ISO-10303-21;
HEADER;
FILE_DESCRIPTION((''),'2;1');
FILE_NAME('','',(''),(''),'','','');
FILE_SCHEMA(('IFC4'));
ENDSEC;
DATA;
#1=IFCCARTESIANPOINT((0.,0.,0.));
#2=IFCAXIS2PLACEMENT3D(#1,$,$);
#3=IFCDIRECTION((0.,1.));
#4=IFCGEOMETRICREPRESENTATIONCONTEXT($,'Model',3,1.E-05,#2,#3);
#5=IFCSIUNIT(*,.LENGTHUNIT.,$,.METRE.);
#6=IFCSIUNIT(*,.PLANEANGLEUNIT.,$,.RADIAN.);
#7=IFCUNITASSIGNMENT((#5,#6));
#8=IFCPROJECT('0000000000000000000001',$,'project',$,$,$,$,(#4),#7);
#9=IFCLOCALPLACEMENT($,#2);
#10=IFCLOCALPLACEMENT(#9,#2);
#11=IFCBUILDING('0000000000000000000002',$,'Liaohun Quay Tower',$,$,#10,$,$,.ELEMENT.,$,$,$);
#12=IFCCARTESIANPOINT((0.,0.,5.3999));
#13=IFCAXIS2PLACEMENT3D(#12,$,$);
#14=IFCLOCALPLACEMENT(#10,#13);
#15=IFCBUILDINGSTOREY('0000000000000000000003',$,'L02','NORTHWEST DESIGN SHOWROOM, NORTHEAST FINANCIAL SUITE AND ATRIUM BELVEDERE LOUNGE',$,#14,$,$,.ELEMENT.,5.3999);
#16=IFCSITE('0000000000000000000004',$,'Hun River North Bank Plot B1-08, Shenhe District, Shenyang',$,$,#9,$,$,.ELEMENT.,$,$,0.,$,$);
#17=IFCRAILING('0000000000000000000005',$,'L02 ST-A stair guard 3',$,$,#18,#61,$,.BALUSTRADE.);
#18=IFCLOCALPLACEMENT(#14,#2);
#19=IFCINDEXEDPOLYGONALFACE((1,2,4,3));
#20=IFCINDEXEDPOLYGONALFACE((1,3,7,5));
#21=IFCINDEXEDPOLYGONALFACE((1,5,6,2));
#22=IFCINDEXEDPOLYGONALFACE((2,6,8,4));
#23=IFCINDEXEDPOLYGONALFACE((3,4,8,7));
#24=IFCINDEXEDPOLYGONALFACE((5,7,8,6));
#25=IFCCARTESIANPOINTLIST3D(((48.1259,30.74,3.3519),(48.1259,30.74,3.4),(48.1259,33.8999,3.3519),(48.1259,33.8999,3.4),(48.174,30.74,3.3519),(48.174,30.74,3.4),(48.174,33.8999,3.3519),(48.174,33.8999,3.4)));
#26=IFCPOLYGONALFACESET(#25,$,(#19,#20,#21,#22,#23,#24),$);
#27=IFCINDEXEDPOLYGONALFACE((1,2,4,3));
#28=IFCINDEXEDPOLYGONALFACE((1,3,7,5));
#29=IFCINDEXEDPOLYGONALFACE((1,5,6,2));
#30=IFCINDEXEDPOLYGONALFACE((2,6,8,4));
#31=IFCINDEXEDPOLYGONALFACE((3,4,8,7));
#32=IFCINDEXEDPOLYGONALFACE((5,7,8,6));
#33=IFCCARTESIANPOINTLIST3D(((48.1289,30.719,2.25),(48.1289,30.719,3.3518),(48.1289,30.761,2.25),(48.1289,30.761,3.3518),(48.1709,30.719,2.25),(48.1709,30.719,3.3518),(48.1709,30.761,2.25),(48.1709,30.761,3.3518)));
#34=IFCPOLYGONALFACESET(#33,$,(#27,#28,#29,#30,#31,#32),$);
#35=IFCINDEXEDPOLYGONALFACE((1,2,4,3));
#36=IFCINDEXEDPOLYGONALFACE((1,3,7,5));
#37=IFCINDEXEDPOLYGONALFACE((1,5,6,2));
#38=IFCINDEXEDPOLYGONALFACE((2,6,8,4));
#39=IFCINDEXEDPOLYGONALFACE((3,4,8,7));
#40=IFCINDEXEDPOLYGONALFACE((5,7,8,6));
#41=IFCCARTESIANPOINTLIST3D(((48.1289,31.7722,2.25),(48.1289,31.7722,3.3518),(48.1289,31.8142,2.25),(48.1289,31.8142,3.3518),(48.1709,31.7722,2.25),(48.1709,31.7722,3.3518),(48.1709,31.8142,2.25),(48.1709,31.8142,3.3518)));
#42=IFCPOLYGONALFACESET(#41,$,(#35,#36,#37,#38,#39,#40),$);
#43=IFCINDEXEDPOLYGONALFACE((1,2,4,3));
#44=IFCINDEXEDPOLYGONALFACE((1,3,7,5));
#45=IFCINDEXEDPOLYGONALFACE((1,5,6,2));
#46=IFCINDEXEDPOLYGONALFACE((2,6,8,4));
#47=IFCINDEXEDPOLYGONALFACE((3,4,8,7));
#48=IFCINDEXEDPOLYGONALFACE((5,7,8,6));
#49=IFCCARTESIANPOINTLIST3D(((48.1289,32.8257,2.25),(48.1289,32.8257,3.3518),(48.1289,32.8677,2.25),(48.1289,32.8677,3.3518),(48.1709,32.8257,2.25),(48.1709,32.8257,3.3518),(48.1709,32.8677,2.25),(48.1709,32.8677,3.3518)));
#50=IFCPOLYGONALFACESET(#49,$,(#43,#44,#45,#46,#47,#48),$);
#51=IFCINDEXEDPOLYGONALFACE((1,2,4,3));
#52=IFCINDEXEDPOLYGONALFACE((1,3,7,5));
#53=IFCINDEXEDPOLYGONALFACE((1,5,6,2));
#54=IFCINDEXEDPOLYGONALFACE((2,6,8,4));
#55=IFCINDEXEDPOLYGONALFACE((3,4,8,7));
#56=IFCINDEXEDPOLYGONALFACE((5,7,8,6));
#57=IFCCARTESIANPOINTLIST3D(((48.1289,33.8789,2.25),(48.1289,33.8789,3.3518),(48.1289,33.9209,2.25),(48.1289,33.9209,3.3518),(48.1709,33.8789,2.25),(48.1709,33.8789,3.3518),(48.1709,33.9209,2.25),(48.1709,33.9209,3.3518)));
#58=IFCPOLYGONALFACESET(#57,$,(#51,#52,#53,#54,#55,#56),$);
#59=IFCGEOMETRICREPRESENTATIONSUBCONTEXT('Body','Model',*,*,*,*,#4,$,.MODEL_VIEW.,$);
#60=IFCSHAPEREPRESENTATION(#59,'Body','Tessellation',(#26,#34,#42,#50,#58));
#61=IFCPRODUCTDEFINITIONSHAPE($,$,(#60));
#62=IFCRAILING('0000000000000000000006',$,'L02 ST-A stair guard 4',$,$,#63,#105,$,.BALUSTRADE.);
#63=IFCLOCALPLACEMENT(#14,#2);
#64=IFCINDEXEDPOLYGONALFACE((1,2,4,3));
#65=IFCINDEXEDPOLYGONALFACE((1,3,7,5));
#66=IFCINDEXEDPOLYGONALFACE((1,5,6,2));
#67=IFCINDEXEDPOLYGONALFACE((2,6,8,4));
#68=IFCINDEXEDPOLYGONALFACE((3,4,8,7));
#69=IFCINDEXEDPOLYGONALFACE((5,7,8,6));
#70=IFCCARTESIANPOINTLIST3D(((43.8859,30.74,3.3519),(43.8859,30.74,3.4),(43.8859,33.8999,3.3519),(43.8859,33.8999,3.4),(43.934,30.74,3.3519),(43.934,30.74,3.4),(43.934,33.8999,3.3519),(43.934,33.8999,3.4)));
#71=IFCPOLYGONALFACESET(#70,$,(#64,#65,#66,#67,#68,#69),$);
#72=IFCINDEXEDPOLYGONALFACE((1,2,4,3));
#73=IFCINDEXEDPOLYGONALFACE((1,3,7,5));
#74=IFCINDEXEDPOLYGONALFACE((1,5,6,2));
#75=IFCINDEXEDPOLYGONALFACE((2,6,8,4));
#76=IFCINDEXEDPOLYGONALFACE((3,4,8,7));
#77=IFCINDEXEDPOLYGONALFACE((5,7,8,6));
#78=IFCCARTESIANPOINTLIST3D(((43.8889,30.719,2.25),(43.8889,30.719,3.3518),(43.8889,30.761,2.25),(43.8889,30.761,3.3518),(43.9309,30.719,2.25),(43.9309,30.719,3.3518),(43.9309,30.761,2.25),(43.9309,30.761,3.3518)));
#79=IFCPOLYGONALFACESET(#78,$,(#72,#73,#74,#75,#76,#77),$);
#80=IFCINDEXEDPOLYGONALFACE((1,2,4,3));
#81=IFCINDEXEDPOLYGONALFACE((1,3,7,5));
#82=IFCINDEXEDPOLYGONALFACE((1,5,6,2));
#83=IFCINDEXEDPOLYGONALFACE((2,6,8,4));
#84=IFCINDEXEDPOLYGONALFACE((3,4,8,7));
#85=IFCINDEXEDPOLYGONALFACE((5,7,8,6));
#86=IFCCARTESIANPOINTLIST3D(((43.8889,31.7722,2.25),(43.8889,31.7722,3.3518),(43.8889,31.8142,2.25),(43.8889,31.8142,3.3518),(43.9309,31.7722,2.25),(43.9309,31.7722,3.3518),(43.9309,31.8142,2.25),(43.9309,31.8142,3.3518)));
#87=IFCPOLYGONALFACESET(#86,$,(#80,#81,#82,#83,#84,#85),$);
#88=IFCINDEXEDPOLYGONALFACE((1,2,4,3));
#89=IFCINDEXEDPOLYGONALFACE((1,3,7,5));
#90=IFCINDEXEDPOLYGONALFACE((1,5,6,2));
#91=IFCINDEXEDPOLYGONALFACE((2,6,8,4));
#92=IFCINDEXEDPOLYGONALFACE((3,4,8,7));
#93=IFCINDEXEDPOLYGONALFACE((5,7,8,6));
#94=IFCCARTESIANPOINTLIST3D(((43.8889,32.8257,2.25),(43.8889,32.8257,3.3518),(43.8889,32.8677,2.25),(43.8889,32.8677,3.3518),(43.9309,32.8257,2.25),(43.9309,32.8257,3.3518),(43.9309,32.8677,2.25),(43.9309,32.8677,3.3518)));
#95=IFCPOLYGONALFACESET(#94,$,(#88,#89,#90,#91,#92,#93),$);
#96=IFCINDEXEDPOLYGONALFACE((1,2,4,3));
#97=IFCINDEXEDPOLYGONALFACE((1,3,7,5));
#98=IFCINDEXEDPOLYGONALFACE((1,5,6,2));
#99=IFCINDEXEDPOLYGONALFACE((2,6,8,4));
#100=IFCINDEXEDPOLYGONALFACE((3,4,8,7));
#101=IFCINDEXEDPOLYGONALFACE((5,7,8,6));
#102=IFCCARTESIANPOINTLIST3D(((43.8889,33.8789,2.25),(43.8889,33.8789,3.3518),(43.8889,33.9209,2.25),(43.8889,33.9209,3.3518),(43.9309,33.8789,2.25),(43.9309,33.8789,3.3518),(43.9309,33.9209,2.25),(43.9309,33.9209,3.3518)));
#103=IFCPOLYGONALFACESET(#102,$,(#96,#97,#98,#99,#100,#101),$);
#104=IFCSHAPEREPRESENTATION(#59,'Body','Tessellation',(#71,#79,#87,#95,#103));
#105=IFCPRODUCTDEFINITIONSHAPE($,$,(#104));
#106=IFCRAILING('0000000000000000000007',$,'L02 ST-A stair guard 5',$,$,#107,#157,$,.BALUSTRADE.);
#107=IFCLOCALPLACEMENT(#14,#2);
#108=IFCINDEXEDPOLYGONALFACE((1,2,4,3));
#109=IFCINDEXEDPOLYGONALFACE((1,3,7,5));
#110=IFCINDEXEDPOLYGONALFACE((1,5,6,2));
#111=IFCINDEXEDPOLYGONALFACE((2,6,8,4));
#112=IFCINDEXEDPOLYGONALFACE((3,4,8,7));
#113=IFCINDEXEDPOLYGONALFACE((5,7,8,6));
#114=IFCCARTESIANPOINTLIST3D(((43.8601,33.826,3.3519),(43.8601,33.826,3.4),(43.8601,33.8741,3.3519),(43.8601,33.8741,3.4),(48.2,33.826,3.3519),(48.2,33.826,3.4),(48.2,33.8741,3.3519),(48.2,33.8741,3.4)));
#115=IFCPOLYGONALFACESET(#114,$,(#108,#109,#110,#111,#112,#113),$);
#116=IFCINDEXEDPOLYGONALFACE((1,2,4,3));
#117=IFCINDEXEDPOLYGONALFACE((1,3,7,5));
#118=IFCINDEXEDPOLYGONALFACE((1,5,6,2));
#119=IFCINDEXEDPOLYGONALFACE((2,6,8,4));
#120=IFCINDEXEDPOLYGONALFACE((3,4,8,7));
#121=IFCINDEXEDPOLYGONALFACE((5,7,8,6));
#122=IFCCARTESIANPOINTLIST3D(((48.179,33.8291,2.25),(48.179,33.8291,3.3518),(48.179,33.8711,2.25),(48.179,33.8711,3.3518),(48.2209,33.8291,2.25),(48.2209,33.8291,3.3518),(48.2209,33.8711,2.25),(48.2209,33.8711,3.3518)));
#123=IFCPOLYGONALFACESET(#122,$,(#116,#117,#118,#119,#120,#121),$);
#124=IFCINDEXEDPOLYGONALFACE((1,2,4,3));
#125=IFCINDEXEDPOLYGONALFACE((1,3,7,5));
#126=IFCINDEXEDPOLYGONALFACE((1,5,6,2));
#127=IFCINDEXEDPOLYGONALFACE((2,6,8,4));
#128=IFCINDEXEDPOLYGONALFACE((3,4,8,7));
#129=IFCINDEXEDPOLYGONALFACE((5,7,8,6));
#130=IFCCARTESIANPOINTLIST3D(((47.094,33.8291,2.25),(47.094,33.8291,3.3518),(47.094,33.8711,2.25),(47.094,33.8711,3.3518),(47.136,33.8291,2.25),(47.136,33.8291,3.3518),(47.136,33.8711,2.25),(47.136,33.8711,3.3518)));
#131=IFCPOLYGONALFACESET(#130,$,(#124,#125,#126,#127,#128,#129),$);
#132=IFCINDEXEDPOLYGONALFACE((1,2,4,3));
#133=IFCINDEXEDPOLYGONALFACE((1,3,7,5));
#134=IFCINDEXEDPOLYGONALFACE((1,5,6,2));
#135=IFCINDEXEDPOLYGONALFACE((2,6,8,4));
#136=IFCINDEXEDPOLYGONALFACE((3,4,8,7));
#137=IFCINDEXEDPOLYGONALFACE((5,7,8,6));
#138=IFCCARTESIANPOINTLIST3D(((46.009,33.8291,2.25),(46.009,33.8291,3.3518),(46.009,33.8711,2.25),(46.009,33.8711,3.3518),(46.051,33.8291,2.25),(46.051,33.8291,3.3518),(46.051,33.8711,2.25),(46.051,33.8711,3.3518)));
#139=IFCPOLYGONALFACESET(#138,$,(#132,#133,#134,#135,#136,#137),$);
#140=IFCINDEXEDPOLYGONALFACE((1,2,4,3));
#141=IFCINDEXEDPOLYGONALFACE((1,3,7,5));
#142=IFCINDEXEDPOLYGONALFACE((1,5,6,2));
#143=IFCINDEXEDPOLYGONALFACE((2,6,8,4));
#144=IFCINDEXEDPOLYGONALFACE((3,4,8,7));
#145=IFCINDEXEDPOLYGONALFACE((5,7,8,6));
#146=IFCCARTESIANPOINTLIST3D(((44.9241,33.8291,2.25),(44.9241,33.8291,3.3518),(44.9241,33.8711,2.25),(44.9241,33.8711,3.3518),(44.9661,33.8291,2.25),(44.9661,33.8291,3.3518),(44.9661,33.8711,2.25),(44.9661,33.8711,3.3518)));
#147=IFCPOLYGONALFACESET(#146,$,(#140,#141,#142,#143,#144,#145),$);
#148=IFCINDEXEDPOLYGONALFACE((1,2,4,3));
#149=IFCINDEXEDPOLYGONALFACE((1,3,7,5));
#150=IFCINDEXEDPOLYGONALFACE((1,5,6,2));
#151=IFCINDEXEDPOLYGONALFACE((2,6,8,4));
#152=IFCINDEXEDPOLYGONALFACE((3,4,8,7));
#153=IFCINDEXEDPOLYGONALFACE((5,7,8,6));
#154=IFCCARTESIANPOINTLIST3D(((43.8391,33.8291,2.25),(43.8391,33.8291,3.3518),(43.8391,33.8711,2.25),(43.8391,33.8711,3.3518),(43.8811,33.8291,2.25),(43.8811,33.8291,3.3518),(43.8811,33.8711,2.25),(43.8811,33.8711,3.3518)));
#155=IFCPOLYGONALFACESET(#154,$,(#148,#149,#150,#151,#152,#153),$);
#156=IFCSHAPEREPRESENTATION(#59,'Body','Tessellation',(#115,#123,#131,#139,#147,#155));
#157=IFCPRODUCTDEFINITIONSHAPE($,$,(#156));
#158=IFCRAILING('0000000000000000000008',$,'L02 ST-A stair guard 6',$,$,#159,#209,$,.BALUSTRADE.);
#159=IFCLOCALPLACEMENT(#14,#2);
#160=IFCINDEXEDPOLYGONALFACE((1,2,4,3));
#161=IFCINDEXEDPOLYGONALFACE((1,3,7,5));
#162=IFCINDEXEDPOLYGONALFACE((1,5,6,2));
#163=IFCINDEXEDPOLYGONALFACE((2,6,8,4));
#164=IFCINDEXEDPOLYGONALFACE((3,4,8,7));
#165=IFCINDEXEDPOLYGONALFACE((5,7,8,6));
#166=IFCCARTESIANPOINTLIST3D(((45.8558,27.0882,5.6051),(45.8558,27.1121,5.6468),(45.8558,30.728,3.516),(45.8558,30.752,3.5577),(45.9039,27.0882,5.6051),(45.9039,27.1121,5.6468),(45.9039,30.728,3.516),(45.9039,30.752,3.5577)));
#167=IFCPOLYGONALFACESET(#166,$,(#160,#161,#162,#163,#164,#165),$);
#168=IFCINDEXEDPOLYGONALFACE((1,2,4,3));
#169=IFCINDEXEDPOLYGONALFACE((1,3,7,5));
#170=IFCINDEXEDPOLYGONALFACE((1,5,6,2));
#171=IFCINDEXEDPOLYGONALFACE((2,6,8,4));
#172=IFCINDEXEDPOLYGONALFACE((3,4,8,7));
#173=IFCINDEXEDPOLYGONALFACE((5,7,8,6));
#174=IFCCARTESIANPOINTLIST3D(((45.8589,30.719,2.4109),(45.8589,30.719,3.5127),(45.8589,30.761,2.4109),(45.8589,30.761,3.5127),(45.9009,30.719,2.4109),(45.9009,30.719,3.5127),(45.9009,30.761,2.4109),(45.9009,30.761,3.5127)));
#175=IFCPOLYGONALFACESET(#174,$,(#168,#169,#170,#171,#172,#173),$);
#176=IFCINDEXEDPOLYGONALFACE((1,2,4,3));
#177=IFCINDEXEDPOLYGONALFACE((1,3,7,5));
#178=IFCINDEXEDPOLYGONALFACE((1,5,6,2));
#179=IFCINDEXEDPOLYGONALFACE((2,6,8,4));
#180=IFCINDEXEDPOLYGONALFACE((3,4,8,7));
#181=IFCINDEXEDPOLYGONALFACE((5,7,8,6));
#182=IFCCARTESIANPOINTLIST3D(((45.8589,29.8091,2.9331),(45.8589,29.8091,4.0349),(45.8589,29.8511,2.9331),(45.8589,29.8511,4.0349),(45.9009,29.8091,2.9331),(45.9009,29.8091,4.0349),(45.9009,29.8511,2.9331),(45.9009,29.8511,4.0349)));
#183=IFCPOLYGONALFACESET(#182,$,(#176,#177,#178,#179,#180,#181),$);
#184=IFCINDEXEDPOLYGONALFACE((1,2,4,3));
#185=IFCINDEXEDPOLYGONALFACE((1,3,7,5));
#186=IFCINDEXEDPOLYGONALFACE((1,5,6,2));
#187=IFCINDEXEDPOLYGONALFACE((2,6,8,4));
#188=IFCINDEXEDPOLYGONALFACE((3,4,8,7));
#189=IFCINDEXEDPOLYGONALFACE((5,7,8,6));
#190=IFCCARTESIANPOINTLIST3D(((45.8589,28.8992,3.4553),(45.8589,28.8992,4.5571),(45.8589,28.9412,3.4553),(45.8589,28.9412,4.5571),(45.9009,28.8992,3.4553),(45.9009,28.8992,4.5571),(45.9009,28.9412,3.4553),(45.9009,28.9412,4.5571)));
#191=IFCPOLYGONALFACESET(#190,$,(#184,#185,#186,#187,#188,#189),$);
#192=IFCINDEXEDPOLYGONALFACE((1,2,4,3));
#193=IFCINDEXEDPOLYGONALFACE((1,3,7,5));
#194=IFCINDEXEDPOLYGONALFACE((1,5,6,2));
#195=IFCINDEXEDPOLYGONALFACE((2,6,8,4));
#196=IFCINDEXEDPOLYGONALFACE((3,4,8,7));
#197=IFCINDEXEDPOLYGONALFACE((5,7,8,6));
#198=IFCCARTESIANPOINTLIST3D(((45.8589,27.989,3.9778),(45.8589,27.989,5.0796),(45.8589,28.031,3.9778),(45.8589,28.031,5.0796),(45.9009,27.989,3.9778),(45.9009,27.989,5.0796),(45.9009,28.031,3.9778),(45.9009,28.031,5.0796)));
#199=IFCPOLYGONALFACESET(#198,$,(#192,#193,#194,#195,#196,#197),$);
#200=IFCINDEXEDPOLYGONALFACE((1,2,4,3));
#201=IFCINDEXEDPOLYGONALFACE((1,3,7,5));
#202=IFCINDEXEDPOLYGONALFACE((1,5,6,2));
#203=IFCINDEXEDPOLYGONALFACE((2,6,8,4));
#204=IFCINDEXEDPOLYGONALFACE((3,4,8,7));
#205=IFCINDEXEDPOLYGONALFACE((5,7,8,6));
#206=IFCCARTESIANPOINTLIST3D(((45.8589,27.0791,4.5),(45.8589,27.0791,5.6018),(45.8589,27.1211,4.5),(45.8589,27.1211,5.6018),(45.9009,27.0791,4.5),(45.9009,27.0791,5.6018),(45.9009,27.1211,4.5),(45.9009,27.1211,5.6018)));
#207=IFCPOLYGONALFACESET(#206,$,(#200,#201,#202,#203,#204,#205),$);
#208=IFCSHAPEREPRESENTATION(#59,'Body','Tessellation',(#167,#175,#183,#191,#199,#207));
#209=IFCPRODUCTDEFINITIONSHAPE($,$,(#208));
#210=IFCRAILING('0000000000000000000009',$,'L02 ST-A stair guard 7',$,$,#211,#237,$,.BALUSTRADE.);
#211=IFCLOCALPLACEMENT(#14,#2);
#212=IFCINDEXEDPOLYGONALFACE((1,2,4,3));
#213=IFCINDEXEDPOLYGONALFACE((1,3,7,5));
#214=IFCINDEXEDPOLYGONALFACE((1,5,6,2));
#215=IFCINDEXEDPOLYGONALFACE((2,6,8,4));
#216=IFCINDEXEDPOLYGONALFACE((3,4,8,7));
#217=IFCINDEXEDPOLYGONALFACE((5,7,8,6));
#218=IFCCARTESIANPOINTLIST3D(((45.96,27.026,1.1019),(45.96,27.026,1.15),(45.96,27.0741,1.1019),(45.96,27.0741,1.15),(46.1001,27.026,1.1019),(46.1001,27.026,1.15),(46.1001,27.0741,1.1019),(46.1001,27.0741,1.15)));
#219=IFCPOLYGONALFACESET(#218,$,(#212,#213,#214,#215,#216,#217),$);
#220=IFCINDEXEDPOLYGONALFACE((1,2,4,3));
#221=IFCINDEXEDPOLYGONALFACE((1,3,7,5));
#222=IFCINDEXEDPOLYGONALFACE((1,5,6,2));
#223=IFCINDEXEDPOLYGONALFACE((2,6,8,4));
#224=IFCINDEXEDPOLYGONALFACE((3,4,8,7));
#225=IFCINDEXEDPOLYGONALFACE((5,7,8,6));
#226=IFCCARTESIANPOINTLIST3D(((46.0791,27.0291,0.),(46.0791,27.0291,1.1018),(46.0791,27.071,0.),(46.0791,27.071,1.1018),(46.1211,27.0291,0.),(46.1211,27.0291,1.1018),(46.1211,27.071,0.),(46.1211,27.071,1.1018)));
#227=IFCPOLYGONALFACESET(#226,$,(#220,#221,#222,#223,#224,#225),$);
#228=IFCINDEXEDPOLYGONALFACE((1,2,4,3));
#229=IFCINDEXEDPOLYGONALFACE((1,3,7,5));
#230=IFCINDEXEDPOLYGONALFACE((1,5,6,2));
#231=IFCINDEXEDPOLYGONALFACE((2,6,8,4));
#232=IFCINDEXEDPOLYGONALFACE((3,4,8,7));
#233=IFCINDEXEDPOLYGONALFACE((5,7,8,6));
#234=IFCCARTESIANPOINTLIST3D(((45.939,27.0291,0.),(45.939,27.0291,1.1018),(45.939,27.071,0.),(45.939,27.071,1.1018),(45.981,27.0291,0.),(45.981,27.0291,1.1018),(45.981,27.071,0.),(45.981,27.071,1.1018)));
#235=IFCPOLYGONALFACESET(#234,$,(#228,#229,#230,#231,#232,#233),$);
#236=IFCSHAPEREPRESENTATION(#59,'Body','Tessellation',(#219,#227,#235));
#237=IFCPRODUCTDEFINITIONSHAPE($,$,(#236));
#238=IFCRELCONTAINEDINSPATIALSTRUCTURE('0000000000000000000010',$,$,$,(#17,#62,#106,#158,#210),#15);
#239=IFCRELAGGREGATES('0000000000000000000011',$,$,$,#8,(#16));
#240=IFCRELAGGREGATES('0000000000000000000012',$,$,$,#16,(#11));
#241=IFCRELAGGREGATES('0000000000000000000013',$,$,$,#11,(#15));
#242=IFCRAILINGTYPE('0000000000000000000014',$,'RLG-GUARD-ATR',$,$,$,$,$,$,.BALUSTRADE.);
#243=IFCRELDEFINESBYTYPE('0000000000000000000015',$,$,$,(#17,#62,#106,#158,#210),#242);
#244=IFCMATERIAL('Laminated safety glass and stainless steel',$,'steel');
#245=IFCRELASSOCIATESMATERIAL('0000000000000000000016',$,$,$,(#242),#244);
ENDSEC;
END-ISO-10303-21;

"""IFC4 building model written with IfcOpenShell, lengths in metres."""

from ifc_helpers import new_model, si_unit, direction, frame, origin, origin_2d, place, context, subcontext, project, spatial, rectangle, extrude, material, type_object, element, save


model = new_model("IFC4")

# Units and contexts
model_context = context("Model", 3, precision=1e-05, world=origin(), true_north=direction((0.0, 1.0)))
body_context = subcontext(model_context, "Body", "Model", "MODEL_VIEW")
ifc_project = project(units=[si_unit("LENGTHUNIT", "METRE"), si_unit("PLANEANGLEUNIT", "RADIAN")], contexts=[model_context])

# Site, building, storey
site_placement = place(None, origin())
site = spatial("IfcSite", under=ifc_project, at=site_placement, Name="Hun River North Bank Plot B1-08, Shenhe District, Shenyang", CompositionType="ELEMENT", RefElevation=0.0)
building_placement = place(site_placement, origin())
building = spatial("IfcBuilding", under=site, at=building_placement, Name="Liaohun Quay Tower", CompositionType="ELEMENT")
storey_placement = place(building_placement, frame((0.0, 0.0, 5.3999)))
storey = spatial("IfcBuildingStorey", under=building, at=storey_placement, Name="L02", Description="NORTHWEST DESIGN SHOWROOM, NORTHEAST FINANCIAL SUITE AND ATRIUM BELVEDERE LOUNGE", CompositionType="ELEMENT", Elevation=5.3999)

# Railings
ifc_material_1 = material(Name="Laminated safety glass and stainless steel", Category="steel")
railing_type_1 = type_object("IfcRailingType", Name="RLG-GUARD-ATR", PredefinedType="BALUSTRADE", material=ifc_material_1)
for number, where, name in (
    (1, (48.1499, 30.74, 2.25), "L02 ST-A stair guard 3"),
    (2, (43.9099, 30.74, 2.25), "L02 ST-A stair guard 4"),
):
    element("IfcRailing", number, at=place(storey_placement, frame(where)), inside=storey, type_object=railing_type_1, Name=name, PredefinedType="BALUSTRADE", context=body_context, shape_type="SweptSolid", body=[
        extrude(rectangle(XDim=0.0481, YDim=0.0481, at=origin_2d()), frame((0.0, 0.0, 1.126), z_axis=(0.0, 1.0, 0.0), x_axis=(-1.0, 0.0, 0.0)), (0.0, 0.0, 1.0), 3.1599),
        extrude(rectangle(XDim=0.042, YDim=0.042, at=origin_2d()), origin(), (0.0, 0.0, 1.0), 1.1018),
        extrude(rectangle(XDim=0.042, YDim=0.042, at=origin_2d()), frame((0.0, 1.0532, 0.0)), (0.0, 0.0, 1.0), 1.1018),
        extrude(rectangle(XDim=0.042, YDim=0.042, at=origin_2d()), frame((0.0, 2.1067, 0.0)), (0.0, 0.0, 1.0), 1.1018),
        extrude(rectangle(XDim=0.042, YDim=0.042, at=origin_2d()), frame((0.0, 3.1599, 0.0)), (0.0, 0.0, 1.0), 1.1018),
    ])
railing_1_placement = place(storey_placement, frame((48.2, 33.8501, 2.25)))
element("IfcRailing", 3, at=railing_1_placement, inside=storey, type_object=railing_type_1, Name="L02 ST-A stair guard 5", PredefinedType="BALUSTRADE", context=body_context, shape_type="SweptSolid", body=[
    extrude(rectangle(XDim=0.0481, YDim=0.0481, at=origin_2d()), frame((0.0, 0.0, 1.126), z_axis=(-1.0, 0.0, 0.0), x_axis=(0.0, -1.0, 0.0)), (0.0, 0.0, 1.0), 4.3398),
    extrude(rectangle(XDim=0.042, YDim=0.042, at=origin_2d()), origin(), (0.0, 0.0, 1.0), 1.1018),
    extrude(rectangle(XDim=0.042, YDim=0.042, at=origin_2d()), frame((-1.085, 0.0, 0.0)), (0.0, 0.0, 1.0), 1.1018),
    extrude(rectangle(XDim=0.042, YDim=0.042, at=origin_2d()), frame((-2.1699, 0.0, 0.0)), (0.0, 0.0, 1.0), 1.1018),
    extrude(rectangle(XDim=0.042, YDim=0.042, at=origin_2d()), frame((-3.2549, 0.0, 0.0)), (0.0, 0.0, 1.0), 1.1018),
    extrude(rectangle(XDim=0.042, YDim=0.042, at=origin_2d()), frame((-4.3398, 0.0, 0.0)), (0.0, 0.0, 1.0), 1.1018),
])
railing_2_placement = place(storey_placement, frame((45.8799, 30.74, 2.4109)))
element("IfcRailing", 4, at=railing_2_placement, inside=storey, type_object=railing_type_1, Name="L02 ST-A stair guard 6", PredefinedType="BALUSTRADE", context=body_context, shape_type="SweptSolid", body=[
    extrude(rectangle(XDim=0.0481, YDim=0.0481, at=origin_2d()), frame((0.0, 0.0, 1.126), z_axis=(0.0, -0.8673, 0.497786), x_axis=(1.0, 0.0, 0.0)), (0.0, 0.0, 1.0), 4.1968),
    extrude(rectangle(XDim=0.042, YDim=0.042, at=origin_2d()), origin(), (0.0, 0.0, 1.0), 1.1018),
    extrude(rectangle(XDim=0.042, YDim=0.042, at=origin_2d()), frame((0.0, -0.9099, 0.5222)), (0.0, 0.0, 1.0), 1.1018),
    extrude(rectangle(XDim=0.042, YDim=0.042, at=origin_2d()), frame((0.0, -1.8198, 1.0444)), (0.0, 0.0, 1.0), 1.1018),
    extrude(rectangle(XDim=0.042, YDim=0.042, at=origin_2d()), frame((0.0, -2.73, 1.5669)), (0.0, 0.0, 1.0), 1.1018),
    extrude(rectangle(XDim=0.042, YDim=0.042, at=origin_2d()), frame((0.0, -3.6399, 2.0891)), (0.0, 0.0, 1.0), 1.1018),
])
railing_3_placement = place(storey_placement, frame((46.1001, 27.05, 0.0)))
element("IfcRailing", 5, at=railing_3_placement, inside=storey, type_object=railing_type_1, Name="L02 ST-A stair guard 7", PredefinedType="BALUSTRADE", context=body_context, shape_type="SweptSolid", body=[
    extrude(rectangle(XDim=0.0481, YDim=0.0481, at=origin_2d()), frame((0.0, 0.0, 1.126), z_axis=(-1.0, 0.0, 0.0), x_axis=(0.0, -1.0, 0.0)), (0.0, 0.0, 1.0), 0.1401),
    extrude(rectangle(XDim=0.042, YDim=0.042, at=origin_2d()), origin(), (0.0, 0.0, 1.0), 1.1018),
    extrude(rectangle(XDim=0.042, YDim=0.042, at=origin_2d()), frame((-0.1401, 0.0, 0.0)), (0.0, 0.0, 1.0), 1.1018),
])

save(model, "model.ifc")
